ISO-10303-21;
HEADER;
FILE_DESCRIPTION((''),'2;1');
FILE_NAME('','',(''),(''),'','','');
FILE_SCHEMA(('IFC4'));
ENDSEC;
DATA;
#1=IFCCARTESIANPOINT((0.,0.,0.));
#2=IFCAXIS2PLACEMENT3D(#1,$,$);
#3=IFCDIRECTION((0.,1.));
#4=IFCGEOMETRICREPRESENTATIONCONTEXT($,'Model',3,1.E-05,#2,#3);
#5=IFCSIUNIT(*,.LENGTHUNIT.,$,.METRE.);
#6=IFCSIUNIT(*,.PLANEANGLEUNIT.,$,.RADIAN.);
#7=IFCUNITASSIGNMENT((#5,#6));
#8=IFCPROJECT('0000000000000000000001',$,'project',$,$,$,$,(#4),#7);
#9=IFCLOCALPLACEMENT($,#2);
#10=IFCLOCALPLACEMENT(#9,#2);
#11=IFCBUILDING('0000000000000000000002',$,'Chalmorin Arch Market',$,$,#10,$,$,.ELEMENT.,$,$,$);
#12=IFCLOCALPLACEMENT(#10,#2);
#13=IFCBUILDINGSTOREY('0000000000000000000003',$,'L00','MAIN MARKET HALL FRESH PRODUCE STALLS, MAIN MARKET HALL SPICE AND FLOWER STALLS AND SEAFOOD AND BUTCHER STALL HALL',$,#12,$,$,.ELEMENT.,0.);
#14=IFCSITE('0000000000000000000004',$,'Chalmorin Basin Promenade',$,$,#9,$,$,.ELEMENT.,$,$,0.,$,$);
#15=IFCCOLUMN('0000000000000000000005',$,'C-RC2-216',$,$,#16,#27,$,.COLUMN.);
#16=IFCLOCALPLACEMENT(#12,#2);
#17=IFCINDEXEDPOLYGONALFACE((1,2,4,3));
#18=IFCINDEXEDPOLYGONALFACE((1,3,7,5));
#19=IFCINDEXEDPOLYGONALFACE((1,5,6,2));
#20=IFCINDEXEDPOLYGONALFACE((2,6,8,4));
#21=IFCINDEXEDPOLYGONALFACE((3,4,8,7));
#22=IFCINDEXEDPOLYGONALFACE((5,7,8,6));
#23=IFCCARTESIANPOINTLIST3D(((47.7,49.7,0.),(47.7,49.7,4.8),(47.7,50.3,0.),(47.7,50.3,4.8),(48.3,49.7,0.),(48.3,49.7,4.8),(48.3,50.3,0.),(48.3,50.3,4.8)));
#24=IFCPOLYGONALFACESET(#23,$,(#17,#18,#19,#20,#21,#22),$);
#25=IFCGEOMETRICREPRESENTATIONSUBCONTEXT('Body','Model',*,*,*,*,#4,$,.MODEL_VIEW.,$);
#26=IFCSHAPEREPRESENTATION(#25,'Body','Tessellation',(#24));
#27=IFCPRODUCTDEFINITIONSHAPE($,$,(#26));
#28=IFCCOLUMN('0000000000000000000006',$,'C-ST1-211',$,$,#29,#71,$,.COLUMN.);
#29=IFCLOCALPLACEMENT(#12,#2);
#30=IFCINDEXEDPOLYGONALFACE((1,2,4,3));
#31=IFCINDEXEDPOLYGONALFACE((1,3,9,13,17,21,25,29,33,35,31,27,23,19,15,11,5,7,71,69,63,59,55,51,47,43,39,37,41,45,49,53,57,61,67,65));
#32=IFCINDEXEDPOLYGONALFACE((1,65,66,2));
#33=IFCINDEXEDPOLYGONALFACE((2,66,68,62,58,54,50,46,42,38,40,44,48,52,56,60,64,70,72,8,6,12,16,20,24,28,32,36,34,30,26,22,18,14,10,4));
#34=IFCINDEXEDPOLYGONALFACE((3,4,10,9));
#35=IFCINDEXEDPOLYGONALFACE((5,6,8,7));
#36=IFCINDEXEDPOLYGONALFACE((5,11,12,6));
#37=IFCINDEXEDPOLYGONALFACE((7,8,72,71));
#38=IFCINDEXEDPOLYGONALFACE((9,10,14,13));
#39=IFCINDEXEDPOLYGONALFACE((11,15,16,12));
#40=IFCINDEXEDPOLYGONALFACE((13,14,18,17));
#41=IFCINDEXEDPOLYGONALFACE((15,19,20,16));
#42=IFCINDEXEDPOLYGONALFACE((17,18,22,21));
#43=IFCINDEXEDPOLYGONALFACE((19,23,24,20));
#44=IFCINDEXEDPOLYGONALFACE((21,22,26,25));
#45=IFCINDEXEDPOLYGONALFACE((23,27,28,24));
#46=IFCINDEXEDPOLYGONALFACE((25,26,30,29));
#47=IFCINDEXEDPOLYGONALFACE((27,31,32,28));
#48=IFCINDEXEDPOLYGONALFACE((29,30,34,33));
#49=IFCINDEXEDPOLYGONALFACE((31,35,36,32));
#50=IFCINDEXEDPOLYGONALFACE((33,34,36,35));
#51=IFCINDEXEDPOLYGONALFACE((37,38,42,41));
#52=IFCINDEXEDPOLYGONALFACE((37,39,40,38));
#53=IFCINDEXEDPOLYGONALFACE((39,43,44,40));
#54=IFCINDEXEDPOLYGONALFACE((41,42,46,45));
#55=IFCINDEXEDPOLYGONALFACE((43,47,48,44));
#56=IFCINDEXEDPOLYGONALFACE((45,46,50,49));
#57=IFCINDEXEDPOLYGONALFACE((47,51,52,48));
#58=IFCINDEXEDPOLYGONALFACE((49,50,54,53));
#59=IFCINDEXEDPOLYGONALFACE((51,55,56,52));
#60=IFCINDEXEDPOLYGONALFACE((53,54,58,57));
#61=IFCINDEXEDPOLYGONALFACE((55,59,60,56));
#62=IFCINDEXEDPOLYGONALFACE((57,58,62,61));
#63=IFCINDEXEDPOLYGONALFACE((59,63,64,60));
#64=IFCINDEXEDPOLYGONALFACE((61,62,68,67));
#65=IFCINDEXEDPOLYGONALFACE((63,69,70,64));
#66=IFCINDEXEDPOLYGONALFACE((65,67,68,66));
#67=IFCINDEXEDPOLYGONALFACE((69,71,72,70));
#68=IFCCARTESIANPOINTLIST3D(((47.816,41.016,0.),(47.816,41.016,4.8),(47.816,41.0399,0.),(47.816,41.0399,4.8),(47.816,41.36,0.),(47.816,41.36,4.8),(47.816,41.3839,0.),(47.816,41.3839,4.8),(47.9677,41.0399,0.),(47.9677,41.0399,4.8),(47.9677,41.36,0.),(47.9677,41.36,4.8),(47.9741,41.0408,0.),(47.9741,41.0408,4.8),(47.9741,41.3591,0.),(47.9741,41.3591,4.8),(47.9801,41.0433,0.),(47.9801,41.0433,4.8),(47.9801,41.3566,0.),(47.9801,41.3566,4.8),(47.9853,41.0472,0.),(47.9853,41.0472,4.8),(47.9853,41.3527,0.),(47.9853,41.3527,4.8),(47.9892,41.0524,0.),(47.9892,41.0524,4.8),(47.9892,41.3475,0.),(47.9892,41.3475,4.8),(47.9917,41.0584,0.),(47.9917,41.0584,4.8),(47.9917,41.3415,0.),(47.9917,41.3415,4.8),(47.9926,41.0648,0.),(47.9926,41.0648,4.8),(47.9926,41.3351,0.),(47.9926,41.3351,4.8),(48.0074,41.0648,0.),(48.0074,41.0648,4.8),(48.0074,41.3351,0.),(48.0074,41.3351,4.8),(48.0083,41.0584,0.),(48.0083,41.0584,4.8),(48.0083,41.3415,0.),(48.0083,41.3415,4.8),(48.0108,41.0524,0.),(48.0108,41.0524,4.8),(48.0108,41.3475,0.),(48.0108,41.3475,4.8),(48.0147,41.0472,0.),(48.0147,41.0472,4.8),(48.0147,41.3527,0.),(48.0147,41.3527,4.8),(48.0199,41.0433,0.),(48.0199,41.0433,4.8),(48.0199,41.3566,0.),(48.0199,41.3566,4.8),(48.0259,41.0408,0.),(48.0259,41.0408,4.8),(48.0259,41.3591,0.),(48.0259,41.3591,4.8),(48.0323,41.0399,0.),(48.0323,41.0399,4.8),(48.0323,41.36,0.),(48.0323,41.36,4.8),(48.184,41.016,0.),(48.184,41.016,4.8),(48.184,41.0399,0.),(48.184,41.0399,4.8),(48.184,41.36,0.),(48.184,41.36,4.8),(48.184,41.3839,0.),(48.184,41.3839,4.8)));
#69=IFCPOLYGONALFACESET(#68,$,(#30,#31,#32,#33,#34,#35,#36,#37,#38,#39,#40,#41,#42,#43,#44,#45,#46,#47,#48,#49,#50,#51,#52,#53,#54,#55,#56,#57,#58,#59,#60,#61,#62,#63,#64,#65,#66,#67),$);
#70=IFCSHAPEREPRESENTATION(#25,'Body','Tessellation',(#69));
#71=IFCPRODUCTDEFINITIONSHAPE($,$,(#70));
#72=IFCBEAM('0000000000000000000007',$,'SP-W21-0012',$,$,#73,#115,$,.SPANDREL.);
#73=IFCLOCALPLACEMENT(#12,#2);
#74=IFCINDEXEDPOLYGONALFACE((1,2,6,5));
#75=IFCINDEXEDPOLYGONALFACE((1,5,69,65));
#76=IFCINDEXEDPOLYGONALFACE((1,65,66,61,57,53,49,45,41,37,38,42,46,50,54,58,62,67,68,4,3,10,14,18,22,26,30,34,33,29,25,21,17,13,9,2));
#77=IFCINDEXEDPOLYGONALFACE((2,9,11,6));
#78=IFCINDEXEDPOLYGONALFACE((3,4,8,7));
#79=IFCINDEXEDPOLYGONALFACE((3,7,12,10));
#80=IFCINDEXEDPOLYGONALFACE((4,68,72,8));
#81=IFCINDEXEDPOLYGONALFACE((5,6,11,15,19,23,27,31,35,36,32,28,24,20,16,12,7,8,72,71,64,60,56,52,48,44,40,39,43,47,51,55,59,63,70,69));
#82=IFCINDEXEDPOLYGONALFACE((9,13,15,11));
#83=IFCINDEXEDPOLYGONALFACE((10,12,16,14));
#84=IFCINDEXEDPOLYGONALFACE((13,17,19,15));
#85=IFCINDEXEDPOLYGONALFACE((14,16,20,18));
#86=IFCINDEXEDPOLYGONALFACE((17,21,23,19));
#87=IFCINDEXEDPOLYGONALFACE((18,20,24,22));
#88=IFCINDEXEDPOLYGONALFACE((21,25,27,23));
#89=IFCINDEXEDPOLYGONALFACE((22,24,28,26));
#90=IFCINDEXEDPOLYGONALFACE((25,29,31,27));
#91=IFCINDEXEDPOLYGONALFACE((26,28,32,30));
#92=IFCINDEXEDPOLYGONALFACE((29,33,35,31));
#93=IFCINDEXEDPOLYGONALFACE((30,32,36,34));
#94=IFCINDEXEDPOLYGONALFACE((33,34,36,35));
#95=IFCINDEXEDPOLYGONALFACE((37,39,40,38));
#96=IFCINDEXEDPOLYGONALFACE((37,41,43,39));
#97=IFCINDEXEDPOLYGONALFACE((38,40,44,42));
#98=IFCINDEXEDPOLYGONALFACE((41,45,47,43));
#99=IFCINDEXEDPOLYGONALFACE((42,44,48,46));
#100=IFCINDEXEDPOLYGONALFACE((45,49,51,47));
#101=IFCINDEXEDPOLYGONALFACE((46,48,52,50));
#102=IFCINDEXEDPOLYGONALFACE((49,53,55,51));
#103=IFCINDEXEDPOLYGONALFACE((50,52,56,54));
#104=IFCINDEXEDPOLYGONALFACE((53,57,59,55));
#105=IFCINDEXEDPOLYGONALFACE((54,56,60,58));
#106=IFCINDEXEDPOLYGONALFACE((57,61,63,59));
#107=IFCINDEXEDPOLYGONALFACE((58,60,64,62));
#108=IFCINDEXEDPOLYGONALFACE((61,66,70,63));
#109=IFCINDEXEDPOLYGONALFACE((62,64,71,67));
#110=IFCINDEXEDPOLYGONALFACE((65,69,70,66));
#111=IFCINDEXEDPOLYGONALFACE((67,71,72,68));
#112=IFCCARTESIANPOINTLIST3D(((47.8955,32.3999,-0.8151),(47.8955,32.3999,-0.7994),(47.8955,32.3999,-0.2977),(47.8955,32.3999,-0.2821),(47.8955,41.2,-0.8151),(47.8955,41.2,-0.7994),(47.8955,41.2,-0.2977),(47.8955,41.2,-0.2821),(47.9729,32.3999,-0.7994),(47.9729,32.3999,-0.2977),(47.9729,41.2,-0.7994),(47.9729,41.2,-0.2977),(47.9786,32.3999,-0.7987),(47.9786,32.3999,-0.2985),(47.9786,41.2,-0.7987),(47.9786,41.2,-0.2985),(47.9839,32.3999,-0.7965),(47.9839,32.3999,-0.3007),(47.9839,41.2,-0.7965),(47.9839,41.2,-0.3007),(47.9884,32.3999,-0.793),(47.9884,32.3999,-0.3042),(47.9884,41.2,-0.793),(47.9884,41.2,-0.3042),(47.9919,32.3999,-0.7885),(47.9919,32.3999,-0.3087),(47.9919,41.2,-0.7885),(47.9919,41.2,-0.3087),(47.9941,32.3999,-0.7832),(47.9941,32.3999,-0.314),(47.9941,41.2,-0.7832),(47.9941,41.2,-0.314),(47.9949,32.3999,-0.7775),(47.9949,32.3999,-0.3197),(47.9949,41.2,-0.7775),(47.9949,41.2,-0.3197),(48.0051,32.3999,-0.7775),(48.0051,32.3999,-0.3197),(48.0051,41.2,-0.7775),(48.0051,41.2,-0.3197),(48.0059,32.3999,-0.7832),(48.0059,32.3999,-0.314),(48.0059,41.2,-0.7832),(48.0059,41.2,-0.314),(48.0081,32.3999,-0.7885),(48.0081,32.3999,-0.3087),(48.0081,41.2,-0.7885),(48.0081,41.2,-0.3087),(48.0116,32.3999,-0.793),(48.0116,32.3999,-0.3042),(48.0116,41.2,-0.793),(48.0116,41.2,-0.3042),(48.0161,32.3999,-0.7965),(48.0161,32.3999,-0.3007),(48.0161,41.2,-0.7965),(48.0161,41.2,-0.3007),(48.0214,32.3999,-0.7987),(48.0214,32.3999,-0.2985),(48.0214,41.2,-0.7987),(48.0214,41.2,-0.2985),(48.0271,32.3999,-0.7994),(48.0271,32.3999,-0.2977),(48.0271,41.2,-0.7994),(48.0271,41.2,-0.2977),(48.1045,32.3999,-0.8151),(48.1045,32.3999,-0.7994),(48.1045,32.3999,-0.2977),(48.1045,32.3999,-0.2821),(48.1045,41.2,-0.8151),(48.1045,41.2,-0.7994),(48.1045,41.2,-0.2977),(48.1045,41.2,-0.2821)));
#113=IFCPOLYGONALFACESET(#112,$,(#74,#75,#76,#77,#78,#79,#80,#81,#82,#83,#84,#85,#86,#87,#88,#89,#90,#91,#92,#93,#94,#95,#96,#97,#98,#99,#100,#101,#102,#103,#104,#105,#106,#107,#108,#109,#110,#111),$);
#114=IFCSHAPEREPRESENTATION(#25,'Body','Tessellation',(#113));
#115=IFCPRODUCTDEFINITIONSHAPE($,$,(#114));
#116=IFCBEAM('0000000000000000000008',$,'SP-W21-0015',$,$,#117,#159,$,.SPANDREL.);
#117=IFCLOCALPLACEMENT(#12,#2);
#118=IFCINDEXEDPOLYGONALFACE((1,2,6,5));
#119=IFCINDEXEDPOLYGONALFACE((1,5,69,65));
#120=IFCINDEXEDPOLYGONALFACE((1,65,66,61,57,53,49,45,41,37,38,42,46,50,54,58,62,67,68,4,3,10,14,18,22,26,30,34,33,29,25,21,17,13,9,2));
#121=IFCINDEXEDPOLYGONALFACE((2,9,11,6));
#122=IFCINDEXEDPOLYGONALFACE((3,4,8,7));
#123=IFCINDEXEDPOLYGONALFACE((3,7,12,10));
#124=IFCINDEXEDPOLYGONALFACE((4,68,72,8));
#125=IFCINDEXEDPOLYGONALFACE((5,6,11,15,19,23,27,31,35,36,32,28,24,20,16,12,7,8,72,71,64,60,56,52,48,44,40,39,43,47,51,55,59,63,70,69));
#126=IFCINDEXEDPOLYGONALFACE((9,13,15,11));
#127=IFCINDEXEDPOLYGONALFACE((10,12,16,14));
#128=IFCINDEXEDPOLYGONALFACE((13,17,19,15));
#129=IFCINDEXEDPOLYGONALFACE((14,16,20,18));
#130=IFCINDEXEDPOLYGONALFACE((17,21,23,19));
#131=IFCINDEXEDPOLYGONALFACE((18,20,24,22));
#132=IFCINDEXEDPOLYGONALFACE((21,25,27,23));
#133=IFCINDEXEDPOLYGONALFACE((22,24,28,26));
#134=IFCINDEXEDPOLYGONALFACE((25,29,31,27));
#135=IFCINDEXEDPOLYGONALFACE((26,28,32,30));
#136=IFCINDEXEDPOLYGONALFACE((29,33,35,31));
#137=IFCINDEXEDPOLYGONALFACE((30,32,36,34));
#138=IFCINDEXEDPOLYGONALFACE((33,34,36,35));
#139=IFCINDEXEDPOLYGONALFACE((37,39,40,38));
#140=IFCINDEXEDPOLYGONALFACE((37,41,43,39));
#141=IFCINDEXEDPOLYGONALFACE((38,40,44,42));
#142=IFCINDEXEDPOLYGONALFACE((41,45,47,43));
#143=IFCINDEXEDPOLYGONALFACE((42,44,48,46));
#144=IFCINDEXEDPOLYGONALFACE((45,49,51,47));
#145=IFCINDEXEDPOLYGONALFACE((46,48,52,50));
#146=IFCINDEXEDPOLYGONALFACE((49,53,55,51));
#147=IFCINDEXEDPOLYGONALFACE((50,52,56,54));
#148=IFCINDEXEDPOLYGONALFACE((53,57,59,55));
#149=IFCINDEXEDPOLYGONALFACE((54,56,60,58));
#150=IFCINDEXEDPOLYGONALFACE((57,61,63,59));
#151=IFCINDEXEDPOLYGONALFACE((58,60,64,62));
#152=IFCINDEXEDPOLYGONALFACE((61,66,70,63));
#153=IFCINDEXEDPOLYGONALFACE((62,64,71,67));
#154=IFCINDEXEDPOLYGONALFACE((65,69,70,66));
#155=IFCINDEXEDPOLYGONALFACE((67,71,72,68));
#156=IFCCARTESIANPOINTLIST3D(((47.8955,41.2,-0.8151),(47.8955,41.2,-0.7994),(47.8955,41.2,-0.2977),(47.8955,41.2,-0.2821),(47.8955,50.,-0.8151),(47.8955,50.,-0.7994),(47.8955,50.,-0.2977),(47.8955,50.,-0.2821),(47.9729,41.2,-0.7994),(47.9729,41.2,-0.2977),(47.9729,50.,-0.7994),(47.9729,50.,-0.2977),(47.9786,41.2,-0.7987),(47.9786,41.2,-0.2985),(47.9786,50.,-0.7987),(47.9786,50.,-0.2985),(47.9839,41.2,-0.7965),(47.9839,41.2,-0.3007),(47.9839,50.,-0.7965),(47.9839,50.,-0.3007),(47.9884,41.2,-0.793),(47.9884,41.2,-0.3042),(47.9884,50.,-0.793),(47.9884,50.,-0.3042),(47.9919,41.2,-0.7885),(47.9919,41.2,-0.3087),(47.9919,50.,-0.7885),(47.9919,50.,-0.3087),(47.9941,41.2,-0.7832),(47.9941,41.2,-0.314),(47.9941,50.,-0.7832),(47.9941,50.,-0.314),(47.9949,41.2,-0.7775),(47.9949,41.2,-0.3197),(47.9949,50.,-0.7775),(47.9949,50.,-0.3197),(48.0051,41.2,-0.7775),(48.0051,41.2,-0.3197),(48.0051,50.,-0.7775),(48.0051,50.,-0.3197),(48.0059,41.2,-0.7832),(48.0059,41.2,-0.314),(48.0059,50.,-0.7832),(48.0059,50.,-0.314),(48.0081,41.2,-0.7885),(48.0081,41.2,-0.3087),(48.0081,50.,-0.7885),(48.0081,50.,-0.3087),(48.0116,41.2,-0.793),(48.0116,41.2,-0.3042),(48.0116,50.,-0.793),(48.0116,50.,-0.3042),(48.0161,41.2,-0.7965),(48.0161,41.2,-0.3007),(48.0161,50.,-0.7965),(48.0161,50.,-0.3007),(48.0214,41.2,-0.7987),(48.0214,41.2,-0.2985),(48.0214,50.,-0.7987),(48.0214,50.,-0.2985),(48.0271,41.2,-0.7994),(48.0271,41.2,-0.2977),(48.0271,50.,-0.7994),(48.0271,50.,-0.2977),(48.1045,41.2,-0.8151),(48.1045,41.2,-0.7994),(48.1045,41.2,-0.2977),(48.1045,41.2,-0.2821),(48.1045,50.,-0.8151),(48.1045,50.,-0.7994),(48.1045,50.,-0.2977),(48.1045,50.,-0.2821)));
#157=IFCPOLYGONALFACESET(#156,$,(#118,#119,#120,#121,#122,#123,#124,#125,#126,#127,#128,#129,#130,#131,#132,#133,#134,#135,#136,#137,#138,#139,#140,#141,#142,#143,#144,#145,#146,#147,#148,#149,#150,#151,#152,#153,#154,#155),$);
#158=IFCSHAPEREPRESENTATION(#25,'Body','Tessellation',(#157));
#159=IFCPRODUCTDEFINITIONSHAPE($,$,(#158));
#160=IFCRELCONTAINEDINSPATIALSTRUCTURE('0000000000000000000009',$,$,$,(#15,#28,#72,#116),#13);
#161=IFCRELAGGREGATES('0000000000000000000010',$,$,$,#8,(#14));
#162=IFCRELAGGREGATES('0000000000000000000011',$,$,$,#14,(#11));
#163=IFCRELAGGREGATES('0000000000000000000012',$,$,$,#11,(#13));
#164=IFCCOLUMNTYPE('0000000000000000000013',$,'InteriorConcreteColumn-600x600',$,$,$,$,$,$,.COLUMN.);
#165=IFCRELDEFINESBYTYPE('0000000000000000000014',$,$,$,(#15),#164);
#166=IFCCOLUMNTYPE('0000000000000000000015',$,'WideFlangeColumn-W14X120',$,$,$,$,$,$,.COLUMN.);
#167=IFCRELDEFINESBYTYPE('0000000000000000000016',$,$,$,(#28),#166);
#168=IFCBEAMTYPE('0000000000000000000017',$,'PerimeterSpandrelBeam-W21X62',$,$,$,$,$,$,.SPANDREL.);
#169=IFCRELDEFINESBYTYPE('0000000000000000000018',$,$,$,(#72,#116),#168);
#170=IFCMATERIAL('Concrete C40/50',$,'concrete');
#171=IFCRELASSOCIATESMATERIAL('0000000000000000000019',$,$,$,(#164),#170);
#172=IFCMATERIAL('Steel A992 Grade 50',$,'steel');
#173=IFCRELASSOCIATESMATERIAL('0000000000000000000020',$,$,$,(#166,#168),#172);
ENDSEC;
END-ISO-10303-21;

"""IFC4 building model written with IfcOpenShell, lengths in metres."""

from ifc_helpers import new_model, si_unit, direction, frame, origin, origin_2d, place, context, subcontext, project, spatial, rectangle, i_section, extrude, material, material_profile, profile_set, type_object, element, save


model = new_model("IFC4")

# Units and contexts
model_context = context("Model", 3, precision=1e-05, world=origin(), true_north=direction((0.0, 1.0)))
body_context = subcontext(model_context, "Body", "Model", "MODEL_VIEW")
ifc_project = project(units=[si_unit("LENGTHUNIT", "METRE"), si_unit("PLANEANGLEUNIT", "RADIAN")], contexts=[model_context])

# Site, building, storey
site_placement = place(None, origin())
site = spatial("IfcSite", under=ifc_project, at=site_placement, Name="Chalmorin Basin Promenade", CompositionType="ELEMENT", RefElevation=0.0)
building_placement = place(site_placement, origin())
building = spatial("IfcBuilding", under=site, at=building_placement, Name="Chalmorin Arch Market", CompositionType="ELEMENT")
storey_placement = place(building_placement, origin())
storey = spatial("IfcBuildingStorey", under=building, at=storey_placement, Name="L00", Description="MAIN MARKET HALL FRESH PRODUCE STALLS, MAIN MARKET HALL SPICE AND FLOWER STALLS AND SEAFOOD AND BUTCHER STALL HALL", CompositionType="ELEMENT", Elevation=0.0)

# Columns
ifc_material_1 = material(Name="Concrete C40/50", Category="concrete")
ifc_material_profile_1 = material_profile(ifc_material_1, rectangle(XDim=0.6001, YDim=0.6001, at=origin_2d()), Name="RC600X600")
ifc_profile_set_1 = profile_set([ifc_material_profile_1], Name="Concrete C40/50")
column_type_1 = type_object("IfcColumnType", Name="InteriorConcreteColumn-600x600", PredefinedType="COLUMN", material=ifc_profile_set_1)
column_1_placement = place(storey_placement, frame((48.0, 50.0, 0.0), z_axis=(0.0, 0.0, 1.0), x_axis=(1.0, 0.0, 0.0)))
element("IfcColumn", 1, at=column_1_placement, inside=storey, type_object=column_type_1, Name="C-RC2-216", PredefinedType="COLUMN", context=body_context, shape_type="SweptSolid", body=[
    extrude(rectangle(XDim=0.6001, YDim=0.6001, at=origin_2d()), origin(), (0.0, 0.0, 1.0), 4.8),
])
ifc_material_2 = material(Name="Steel A992 Grade 50", Category="steel")
ifc_material_profile_2 = material_profile(ifc_material_2, i_section(OverallWidth=0.3679, OverallDepth=0.3679, WebThickness=0.0149, FlangeThickness=0.0239, FilletRadius=0.0249, at=origin_2d()), Name="W14X120")
ifc_profile_set_2 = profile_set([ifc_material_profile_2], Name="Steel A992 Grade 50")
column_type_2 = type_object("IfcColumnType", Name="WideFlangeColumn-W14X120", PredefinedType="COLUMN", material=ifc_profile_set_2)
column_2_placement = place(storey_placement, frame((48.0, 41.2, 0.0), z_axis=(0.0, 0.0, 1.0), x_axis=(1.0, 0.0, 0.0)))
element("IfcColumn", 2, at=column_2_placement, inside=storey, type_object=column_type_2, Name="C-ST1-211", PredefinedType="COLUMN", context=body_context, shape_type="SweptSolid", body=[
    extrude(i_section(OverallWidth=0.3679, OverallDepth=0.3679, WebThickness=0.0149, FlangeThickness=0.0239, FilletRadius=0.0249, at=origin_2d()), origin(), (0.0, 0.0, 1.0), 4.8),
])

# Beams
ifc_material_profile_3 = material_profile(ifc_material_2, i_section(OverallWidth=0.209, OverallDepth=0.533, WebThickness=0.0103, FlangeThickness=0.0156, FilletRadius=0.022, at=origin_2d()), Name="W21X62")
ifc_profile_set_3 = profile_set([ifc_material_profile_3], Name="Steel A992 Grade 50")
beam_type_1 = type_object("IfcBeamType", Name="PerimeterSpandrelBeam-W21X62", PredefinedType="SPANDREL", material=ifc_profile_set_3)
for number, where, z_axis, x_axis, name in (
    (3, (48.0, 32.3999, -0.5486), (0.0, 1.0, 0.0), (-1.0, 0.0, 0.0), "SP-W21-0012"),
    (4, (48.0, 41.2, -0.5486), (0.0, 1.0, 0.0), (-1.0, 0.0, 0.0), "SP-W21-0015"),
):
    element("IfcBeam", number, at=place(storey_placement, frame(where, z_axis=z_axis, x_axis=x_axis)), inside=storey, type_object=beam_type_1, Name=name, PredefinedType="SPANDREL", context=body_context, shape_type="SweptSolid", body=[
        extrude(i_section(OverallWidth=0.209, OverallDepth=0.533, WebThickness=0.0103, FlangeThickness=0.0156, FilletRadius=0.022, at=origin_2d()), origin(), (0.0, 0.0, 1.0), 8.8),
    ])

save(model, "model.ifc")
